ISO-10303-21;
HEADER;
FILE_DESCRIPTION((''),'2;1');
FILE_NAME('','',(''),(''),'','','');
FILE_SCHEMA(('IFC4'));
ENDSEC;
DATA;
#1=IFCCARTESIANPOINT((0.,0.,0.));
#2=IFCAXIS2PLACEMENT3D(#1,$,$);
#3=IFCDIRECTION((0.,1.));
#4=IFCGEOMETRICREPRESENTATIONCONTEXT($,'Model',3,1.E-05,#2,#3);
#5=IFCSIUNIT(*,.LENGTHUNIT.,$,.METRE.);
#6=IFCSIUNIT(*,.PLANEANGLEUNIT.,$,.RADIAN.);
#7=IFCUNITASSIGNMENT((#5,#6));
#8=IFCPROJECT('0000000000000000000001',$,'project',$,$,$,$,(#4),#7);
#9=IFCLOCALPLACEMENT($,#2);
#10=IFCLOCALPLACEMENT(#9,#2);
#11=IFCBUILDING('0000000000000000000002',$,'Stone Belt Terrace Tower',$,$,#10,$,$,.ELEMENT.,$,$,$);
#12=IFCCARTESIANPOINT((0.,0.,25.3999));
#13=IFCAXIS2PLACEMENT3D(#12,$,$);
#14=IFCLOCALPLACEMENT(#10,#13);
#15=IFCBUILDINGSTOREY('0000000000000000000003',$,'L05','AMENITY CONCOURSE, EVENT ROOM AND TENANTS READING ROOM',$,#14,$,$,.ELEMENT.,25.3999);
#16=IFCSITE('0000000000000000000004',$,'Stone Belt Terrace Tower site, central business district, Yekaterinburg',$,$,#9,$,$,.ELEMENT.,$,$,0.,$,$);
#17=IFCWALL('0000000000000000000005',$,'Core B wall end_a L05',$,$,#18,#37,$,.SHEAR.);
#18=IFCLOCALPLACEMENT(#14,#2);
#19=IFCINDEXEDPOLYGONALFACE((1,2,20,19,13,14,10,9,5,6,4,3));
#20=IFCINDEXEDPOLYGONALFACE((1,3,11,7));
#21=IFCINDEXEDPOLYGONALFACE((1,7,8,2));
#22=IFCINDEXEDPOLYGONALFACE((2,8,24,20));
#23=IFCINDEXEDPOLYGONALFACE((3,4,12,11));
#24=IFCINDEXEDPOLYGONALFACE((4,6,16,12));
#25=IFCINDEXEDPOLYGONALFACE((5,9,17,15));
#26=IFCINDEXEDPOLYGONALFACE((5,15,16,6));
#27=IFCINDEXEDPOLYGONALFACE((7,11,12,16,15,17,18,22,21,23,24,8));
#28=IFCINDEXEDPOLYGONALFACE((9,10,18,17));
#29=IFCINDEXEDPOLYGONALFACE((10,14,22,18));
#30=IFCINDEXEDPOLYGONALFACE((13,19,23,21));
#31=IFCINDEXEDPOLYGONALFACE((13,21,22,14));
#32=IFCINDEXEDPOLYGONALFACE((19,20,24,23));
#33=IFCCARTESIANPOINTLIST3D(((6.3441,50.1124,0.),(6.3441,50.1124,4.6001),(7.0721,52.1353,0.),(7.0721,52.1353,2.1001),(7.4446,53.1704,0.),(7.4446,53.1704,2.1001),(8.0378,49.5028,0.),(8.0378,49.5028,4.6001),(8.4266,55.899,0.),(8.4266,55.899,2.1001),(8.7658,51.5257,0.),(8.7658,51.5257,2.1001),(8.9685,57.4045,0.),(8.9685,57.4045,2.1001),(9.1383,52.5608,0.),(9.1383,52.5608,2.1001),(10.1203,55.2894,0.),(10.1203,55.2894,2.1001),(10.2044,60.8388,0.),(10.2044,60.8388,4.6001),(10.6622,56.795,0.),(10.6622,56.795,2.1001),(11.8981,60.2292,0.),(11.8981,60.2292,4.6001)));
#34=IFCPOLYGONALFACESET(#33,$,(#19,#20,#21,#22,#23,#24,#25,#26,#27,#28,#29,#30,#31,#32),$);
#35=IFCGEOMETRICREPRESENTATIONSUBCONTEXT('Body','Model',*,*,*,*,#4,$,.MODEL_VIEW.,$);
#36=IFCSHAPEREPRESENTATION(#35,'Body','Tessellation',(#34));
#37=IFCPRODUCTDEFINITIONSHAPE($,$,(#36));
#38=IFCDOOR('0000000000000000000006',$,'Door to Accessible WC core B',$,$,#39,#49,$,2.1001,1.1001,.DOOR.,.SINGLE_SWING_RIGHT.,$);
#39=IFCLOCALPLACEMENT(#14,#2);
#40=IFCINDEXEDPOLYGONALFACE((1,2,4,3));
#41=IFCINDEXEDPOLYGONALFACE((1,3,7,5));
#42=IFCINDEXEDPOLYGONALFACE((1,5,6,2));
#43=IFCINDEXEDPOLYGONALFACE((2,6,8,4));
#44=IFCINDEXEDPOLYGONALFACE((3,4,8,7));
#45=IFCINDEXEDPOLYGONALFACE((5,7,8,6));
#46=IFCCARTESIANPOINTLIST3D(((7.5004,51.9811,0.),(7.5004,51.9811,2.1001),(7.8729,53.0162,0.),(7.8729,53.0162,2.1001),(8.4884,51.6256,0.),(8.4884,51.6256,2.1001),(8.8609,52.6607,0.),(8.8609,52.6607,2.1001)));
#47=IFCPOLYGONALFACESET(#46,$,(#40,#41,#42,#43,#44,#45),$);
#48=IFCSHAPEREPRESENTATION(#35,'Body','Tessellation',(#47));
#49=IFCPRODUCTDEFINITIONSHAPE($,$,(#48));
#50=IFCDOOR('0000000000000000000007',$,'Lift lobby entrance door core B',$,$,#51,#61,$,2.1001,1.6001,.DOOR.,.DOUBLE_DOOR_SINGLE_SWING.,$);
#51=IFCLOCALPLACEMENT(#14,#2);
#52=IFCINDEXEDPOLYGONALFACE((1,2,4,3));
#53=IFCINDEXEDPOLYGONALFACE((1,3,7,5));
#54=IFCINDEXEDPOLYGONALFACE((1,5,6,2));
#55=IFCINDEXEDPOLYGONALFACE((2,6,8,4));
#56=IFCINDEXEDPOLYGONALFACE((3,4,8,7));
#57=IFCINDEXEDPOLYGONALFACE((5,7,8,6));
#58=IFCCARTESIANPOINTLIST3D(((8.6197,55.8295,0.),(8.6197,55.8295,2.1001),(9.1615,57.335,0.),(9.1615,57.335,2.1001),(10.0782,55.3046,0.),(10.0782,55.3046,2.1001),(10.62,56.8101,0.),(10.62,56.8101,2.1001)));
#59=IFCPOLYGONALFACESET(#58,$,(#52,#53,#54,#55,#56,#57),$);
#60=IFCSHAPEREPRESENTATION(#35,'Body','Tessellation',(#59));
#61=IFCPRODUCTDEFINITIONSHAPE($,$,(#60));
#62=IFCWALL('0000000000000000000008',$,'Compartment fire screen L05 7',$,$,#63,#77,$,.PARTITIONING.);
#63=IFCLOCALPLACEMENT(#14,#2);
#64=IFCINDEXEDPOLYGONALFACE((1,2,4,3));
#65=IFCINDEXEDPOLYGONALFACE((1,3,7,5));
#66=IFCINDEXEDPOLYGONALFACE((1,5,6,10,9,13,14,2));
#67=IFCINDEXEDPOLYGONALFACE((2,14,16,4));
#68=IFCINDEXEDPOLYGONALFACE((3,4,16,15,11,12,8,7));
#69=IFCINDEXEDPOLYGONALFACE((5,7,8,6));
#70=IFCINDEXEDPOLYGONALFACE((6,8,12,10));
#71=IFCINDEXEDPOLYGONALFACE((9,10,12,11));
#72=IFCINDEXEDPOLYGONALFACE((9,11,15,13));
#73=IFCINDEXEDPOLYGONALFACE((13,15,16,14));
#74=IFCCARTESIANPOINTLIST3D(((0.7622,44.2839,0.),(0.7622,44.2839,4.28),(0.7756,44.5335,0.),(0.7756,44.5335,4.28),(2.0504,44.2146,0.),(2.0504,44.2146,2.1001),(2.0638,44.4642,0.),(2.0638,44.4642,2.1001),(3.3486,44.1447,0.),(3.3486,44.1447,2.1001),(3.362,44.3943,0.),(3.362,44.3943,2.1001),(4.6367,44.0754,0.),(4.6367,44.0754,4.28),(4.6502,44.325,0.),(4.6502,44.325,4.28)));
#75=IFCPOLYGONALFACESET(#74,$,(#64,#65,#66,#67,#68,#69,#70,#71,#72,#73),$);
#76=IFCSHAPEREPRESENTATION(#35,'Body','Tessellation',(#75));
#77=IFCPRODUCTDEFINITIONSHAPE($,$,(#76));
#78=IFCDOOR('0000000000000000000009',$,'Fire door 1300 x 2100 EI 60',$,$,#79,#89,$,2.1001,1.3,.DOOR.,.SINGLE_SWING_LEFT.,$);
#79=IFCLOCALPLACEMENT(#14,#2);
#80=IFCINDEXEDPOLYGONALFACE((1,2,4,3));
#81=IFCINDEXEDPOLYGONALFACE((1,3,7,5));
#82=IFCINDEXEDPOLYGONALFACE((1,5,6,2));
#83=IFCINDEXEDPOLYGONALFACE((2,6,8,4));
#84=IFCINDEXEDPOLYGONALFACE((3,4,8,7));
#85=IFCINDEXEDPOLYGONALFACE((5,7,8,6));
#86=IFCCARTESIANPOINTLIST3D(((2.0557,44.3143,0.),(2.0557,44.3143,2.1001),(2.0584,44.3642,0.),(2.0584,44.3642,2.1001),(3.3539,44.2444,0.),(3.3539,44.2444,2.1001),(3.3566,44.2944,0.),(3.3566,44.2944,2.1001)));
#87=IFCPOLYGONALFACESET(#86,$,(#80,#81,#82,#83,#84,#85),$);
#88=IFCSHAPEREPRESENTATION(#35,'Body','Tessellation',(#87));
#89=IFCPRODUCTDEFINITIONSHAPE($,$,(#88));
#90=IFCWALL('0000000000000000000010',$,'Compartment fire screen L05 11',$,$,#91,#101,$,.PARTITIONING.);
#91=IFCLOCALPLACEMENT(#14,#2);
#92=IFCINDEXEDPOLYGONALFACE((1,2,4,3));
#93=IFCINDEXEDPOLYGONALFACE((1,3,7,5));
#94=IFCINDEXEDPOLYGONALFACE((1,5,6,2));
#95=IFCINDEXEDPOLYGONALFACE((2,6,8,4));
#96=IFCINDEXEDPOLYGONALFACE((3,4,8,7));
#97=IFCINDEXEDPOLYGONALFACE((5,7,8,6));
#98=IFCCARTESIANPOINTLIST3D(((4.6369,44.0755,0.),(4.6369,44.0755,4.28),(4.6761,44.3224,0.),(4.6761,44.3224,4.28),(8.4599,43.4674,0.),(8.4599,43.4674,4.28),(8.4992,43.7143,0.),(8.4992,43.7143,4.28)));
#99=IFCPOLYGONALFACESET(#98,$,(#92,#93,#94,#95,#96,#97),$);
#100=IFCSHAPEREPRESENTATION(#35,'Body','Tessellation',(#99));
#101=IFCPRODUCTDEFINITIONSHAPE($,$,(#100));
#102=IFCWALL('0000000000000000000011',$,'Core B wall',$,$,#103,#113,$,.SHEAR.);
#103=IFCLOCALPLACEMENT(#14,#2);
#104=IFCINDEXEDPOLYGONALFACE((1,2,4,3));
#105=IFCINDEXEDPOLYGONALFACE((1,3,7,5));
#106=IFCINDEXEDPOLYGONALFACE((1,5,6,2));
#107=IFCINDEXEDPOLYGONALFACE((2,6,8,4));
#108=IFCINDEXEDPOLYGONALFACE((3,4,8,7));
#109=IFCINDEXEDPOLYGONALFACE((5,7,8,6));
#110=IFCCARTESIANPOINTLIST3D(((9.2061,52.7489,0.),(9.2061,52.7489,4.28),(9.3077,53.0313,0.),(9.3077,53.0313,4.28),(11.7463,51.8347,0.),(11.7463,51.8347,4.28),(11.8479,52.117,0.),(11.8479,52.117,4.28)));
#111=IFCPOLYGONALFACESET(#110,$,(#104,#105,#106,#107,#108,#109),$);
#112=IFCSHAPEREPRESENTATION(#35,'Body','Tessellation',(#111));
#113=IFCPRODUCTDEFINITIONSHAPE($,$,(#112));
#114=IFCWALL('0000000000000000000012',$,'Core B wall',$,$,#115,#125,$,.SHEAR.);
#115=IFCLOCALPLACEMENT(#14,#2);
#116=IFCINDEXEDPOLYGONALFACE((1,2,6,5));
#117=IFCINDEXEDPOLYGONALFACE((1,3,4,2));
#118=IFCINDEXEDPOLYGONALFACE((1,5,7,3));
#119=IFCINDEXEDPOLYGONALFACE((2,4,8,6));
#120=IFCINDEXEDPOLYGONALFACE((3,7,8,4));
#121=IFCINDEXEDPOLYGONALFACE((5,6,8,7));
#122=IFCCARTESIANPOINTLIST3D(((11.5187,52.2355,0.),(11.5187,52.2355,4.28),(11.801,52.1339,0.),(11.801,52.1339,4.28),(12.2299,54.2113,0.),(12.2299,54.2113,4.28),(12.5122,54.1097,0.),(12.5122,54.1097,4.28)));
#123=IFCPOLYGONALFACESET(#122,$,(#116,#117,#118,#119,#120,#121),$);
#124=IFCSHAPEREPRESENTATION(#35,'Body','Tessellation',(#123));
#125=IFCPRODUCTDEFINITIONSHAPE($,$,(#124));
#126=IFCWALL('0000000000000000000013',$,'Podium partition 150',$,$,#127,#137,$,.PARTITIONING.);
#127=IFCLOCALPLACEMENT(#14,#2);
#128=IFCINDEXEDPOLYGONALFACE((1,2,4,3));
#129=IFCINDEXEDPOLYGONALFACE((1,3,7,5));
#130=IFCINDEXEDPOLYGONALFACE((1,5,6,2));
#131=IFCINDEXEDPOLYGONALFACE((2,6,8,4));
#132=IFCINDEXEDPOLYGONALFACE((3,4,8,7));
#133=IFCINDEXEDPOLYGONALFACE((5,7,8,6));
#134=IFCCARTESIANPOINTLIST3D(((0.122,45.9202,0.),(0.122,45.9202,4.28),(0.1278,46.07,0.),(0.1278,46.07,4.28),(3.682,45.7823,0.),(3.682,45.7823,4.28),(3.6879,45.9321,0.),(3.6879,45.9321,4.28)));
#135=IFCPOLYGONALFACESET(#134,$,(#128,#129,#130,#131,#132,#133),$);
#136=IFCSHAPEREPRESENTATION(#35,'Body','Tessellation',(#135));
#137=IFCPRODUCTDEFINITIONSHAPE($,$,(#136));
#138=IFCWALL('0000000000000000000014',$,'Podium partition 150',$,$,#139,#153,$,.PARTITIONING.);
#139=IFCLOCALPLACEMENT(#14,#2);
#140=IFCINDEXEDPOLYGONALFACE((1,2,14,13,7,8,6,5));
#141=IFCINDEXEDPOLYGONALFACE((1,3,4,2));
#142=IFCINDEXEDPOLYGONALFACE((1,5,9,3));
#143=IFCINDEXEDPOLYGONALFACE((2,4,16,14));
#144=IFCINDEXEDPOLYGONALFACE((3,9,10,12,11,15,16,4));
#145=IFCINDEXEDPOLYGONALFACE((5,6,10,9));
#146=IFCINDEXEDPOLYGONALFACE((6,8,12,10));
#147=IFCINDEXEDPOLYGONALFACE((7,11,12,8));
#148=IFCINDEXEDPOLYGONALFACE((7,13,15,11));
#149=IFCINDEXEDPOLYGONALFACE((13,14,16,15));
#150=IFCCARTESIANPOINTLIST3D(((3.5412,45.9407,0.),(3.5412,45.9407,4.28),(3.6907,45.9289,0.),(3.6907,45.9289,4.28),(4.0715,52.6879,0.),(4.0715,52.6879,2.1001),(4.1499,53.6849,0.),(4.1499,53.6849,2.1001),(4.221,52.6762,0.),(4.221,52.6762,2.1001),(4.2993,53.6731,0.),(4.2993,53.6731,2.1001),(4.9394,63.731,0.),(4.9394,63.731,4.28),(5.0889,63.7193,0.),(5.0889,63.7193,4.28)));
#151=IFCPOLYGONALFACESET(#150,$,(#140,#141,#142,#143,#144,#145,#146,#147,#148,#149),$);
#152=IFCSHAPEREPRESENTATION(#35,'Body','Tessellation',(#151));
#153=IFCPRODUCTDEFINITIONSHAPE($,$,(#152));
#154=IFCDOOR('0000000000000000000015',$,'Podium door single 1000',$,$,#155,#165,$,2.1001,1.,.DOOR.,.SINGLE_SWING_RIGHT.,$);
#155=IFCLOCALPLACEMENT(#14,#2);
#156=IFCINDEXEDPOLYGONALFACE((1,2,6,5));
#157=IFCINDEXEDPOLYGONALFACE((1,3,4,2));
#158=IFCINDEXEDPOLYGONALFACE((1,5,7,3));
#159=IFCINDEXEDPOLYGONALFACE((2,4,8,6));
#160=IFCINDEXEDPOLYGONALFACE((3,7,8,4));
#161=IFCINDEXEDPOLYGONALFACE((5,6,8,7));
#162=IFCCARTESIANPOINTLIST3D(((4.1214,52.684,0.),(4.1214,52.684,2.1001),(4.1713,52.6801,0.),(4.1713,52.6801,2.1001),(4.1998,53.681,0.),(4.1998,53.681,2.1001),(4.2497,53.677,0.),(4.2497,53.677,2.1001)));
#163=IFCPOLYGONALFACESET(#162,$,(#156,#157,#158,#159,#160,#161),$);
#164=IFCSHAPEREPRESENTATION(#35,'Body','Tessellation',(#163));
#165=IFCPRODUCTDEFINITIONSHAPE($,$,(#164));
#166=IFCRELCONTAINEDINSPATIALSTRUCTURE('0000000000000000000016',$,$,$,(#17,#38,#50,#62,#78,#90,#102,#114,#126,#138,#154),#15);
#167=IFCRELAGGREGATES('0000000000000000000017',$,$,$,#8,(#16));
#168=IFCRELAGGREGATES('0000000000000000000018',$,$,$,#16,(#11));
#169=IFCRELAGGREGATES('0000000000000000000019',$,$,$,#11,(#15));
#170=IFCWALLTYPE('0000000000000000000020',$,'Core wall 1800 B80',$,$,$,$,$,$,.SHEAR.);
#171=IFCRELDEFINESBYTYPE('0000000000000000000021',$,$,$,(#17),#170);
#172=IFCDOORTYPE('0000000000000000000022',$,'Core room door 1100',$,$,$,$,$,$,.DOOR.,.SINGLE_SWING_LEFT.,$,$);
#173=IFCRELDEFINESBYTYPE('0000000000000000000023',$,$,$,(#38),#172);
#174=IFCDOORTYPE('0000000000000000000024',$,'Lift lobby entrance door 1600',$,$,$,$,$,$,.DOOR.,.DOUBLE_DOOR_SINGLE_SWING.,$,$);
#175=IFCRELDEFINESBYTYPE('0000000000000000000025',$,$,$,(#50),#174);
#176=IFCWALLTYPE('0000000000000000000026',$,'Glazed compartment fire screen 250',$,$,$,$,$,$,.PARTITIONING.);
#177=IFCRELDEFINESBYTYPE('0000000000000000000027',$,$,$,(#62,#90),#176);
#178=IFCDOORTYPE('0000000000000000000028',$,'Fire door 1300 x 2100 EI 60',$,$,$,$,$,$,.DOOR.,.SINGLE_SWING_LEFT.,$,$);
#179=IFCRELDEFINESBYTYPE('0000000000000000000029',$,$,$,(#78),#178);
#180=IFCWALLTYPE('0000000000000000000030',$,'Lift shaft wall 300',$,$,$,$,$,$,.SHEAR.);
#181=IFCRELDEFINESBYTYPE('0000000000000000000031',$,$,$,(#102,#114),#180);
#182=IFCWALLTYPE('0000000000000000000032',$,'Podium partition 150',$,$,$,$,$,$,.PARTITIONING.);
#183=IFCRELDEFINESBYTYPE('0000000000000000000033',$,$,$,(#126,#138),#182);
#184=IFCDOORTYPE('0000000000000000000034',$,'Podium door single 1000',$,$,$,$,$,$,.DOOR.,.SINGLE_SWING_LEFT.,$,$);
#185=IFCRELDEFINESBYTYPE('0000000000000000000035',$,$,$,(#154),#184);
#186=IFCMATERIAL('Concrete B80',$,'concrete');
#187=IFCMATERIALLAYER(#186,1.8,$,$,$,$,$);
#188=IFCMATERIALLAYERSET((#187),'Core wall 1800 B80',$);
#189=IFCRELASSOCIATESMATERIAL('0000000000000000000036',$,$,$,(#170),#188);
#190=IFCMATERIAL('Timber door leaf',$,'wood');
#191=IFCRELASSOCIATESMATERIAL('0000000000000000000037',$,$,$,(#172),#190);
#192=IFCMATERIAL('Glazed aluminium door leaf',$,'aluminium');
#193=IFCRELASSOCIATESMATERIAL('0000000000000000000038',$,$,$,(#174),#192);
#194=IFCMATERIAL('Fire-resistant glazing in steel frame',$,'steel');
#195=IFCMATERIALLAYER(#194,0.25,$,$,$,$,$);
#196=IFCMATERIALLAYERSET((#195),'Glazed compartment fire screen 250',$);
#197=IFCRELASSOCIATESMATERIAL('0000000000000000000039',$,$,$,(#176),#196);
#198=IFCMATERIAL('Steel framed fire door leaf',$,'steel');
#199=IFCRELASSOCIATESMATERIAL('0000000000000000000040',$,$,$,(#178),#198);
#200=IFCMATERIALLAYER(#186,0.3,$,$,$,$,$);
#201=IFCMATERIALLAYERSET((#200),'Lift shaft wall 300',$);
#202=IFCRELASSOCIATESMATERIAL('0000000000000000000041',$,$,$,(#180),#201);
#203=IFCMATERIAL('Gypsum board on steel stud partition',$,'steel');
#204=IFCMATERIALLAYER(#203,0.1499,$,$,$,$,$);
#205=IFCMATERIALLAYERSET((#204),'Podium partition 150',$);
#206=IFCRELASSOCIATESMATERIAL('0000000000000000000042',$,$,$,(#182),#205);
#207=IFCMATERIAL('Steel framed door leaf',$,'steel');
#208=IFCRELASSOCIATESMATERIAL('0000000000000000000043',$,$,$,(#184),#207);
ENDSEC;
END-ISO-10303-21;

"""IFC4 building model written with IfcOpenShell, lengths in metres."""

from ifc_helpers import new_model, si_unit, direction, frame, frame_2d, origin, place, context, subcontext, project, spatial, rectangle, extrude, material, layer, layer_set, type_object, element, fill, save


model = new_model("IFC4")

# Units and contexts
model_context = context("Model", 3, precision=1e-05, world=origin(), true_north=direction((0.0, 1.0)))
body_context = subcontext(model_context, "Body", "Model", "MODEL_VIEW")
ifc_project = project(units=[si_unit("LENGTHUNIT", "METRE"), si_unit("PLANEANGLEUNIT", "RADIAN")], contexts=[model_context])

# Site, building, storey
site_placement = place(None, origin())
site = spatial("IfcSite", under=ifc_project, at=site_placement, Name="Stone Belt Terrace Tower site, central business district, Yekaterinburg", CompositionType="ELEMENT", RefElevation=0.0)
building_placement = place(site_placement, origin())
building = spatial("IfcBuilding", under=site, at=building_placement, Name="Stone Belt Terrace Tower", CompositionType="ELEMENT")
storey_placement = place(building_placement, frame((0.0, 0.0, 25.3999)))
storey = spatial("IfcBuildingStorey", under=building, at=storey_placement, Name="L05", Description="AMENITY CONCOURSE, EVENT ROOM AND TENANTS READING ROOM", CompositionType="ELEMENT", Elevation=25.3999)

# Shared definitions
ifc_material_1 = material(Name="Concrete B80", Category="concrete")

# Shared definitions
ifc_layer_1 = layer(ifc_material_1, 1.8)
ifc_layer_set_1 = layer_set([ifc_layer_1], Name="Core wall 1800 B80")
wall_type_1 = type_object("IfcWallType", Name="Core wall 1800 B80", PredefinedType="SHEAR", material=ifc_layer_set_1)
ifc_material_2 = material(Name="Timber door leaf", Category="wood")
door_type_1 = type_object("IfcDoorType", Name="Core room door 1100", OperationType="SINGLE_SWING_LEFT", PredefinedType="DOOR", material=ifc_material_2)

# Wall, openings, doors
wall_1_placement = place(storey_placement, frame((7.1909, 49.8076, 0.0), z_axis=(0.0, 0.0, 1.0), x_axis=(0.338632, 0.940919, 0.0)))
wall_1 = element("IfcWall", 1, at=wall_1_placement, inside=storey, type_object=wall_type_1, Name="Core B wall end_a L05", PredefinedType="SHEAR", context=body_context, shape_type="SweptSolid", body=[
    extrude(rectangle(XDim=11.3999, YDim=1.8, at=frame_2d((5.7, 0.0))), origin(), (0.0, 0.0, 1.0), 4.6001),
])
opening_1_placement = place(wall_1_placement, frame((6.1499, 0.0, 0.0)))
opening_1 = element("IfcOpeningElement", 2, at=opening_1_placement, cuts=wall_1, PredefinedType="OPENING", context=body_context, shape_type="SweptSolid", body=[
    extrude(rectangle(XDim=1.6001, YDim=2.1001, at=frame_2d((0.8, 1.05))), frame((0.0, 0.9099, 0.0), z_axis=(0.0, -1.0, 0.0), x_axis=(1.0, 0.0, 0.0)), (0.0, 0.0, 1.0), 1.8201),
])
opening_2_placement = place(wall_1_placement, frame((2.1499, 0.0, 0.0)))
opening_2 = element("IfcOpeningElement", 3, at=opening_2_placement, cuts=wall_1, PredefinedType="OPENING", context=body_context, shape_type="SweptSolid", body=[
    extrude(rectangle(XDim=1.1001, YDim=2.1001, at=frame_2d((0.55, 1.05))), frame((0.0, 0.9099, 0.0), z_axis=(0.0, -1.0, 0.0), x_axis=(1.0, 0.0, 0.0)), (0.0, 0.0, 1.0), 1.8201),
])
door_1_placement = place(opening_2_placement, origin())
door_1 = element("IfcDoor", 4, at=door_1_placement, inside=storey, type_object=door_type_1, Name="Door to Accessible WC core B", OperationType="SINGLE_SWING_RIGHT", OverallHeight=2.1001, OverallWidth=1.1001, PredefinedType="DOOR", context=body_context, shape_type="SweptSolid", body=[
    extrude(rectangle(XDim=1.1001, YDim=2.1001, at=frame_2d((0.55, 1.05))), frame((0.0, 0.4448, 0.0), z_axis=(0.0, -1.0, 0.0), x_axis=(1.0, 0.0, 0.0)), (0.0, 0.0, 1.0), 1.05),
])
fill(opening_2, door_1)
ifc_material_3 = material(Name="Glazed aluminium door leaf", Category="aluminium")
door_type_2 = type_object("IfcDoorType", Name="Lift lobby entrance door 1600", OperationType="DOUBLE_DOOR_SINGLE_SWING", PredefinedType="DOOR", material=ifc_material_3)
door_2_placement = place(opening_1_placement, origin())
door_2 = element("IfcDoor", 5, at=door_2_placement, inside=storey, type_object=door_type_2, Name="Lift lobby entrance door core B", OperationType="DOUBLE_DOOR_SINGLE_SWING", OverallHeight=2.1001, OverallWidth=1.6001, PredefinedType="DOOR", context=body_context, shape_type="SweptSolid", body=[
    extrude(rectangle(XDim=1.6001, YDim=2.1001, at=frame_2d((0.8, 1.05))), frame((0.0, 0.6948, 0.0), z_axis=(0.0, -1.0, 0.0), x_axis=(1.0, 0.0, 0.0)), (0.0, 0.0, 1.0), 1.55),
])
fill(opening_1, door_2)

# Wall, opening, door
ifc_material_4 = material(Name="Fire-resistant glazing in steel frame", Category="steel")
ifc_layer_2 = layer(ifc_material_4, 0.25)
ifc_layer_set_2 = layer_set([ifc_layer_2], Name="Glazed compartment fire screen 250")
wall_type_2 = type_object("IfcWallType", Name="Glazed compartment fire screen 250", PredefinedType="PARTITIONING", material=ifc_layer_set_2)
wall_2_placement = place(storey_placement, frame((0.769, 44.4087, 0.0), z_axis=(0.0, 0.0, 1.0), x_axis=(0.998555, -0.053734, 0.0)))
wall_2 = element("IfcWall", 6, at=wall_2_placement, inside=storey, type_object=wall_type_2, Name="Compartment fire screen L05 7", PredefinedType="PARTITIONING", context=body_context, shape_type="SweptSolid", body=[
    extrude(rectangle(XDim=3.8801, YDim=0.25, at=frame_2d((1.9399, 0.0))), origin(), (0.0, 0.0, 1.0), 4.28),
])
opening_3_placement = place(wall_2_placement, frame((1.29, 0.0, 0.0)))
opening_3 = element("IfcOpeningElement", 7, at=opening_3_placement, cuts=wall_2, PredefinedType="OPENING", context=body_context, shape_type="SweptSolid", body=[
    extrude(rectangle(XDim=1.3, YDim=2.1001, at=frame_2d((0.6499, 1.05))), frame((0.0, 0.135, 0.0), z_axis=(0.0, -1.0, 0.0), x_axis=(1.0, 0.0, 0.0)), (0.0, 0.0, 1.0), 0.27),
])
ifc_material_5 = material(Name="Steel framed fire door leaf", Category="steel")
door_type_3 = type_object("IfcDoorType", Name="Fire door 1300 x 2100 EI 60", OperationType="SINGLE_SWING_LEFT", PredefinedType="DOOR", material=ifc_material_5)
door_3_placement = place(opening_3_placement, origin())
door_3 = element("IfcDoor", 8, at=door_3_placement, inside=storey, type_object=door_type_3, Name="Fire door 1300 x 2100 EI 60", OperationType="SINGLE_SWING_LEFT", OverallHeight=2.1001, OverallWidth=1.3, PredefinedType="DOOR", context=body_context, shape_type="SweptSolid", body=[
    extrude(rectangle(XDim=1.3, YDim=2.1001, at=frame_2d((0.6499, 1.05))), frame((0.0, 0.0249, 0.0), z_axis=(0.0, -1.0, 0.0), x_axis=(1.0, 0.0, 0.0)), (0.0, 0.0, 1.0), 0.05),
])
fill(opening_3, door_3)

# Walls
wall_3_placement = place(storey_placement, frame((4.6565, 44.199, 0.0), z_axis=(0.0, 0.0, 1.0), x_axis=(0.987582, -0.157102, 0.0)))
element("IfcWall", 9, at=wall_3_placement, inside=storey, type_object=wall_type_2, Name="Compartment fire screen L05 11", PredefinedType="PARTITIONING", context=body_context, shape_type="SweptSolid", body=[
    extrude(rectangle(XDim=3.8711, YDim=0.25, at=frame_2d((1.9355, 0.0))), origin(), (0.0, 0.0, 1.0), 4.28),
])
ifc_layer_3 = layer(ifc_material_1, 0.3)
ifc_layer_set_3 = layer_set([ifc_layer_3], Name="Lift shaft wall 300")
wall_type_3 = type_object("IfcWallType", Name="Lift shaft wall 300", PredefinedType="SHEAR", material=ifc_layer_set_3)
wall_4_placement = place(storey_placement, frame((11.7971, 51.9758, 0.0), z_axis=(0.0, 0.0, 1.0), x_axis=(-0.94091, 0.338655, 0.0)))
element("IfcWall", 10, at=wall_4_placement, inside=storey, type_object=wall_type_3, Name="Core B wall", PredefinedType="SHEAR", context=body_context, shape_type="SweptSolid", body=[
    extrude(rectangle(XDim=2.6997, YDim=0.3, at=frame_2d((1.3499, 0.0))), origin(), (0.0, 0.0, 1.0), 4.28),
])
wall_5_placement = place(storey_placement, frame((11.6599, 52.1848, 0.0), z_axis=(0.0, 0.0, 1.0), x_axis=(0.33867, 0.940905, 0.0)))
element("IfcWall", 11, at=wall_5_placement, inside=storey, type_object=wall_type_3, Name="Core B wall", PredefinedType="SHEAR", context=body_context, shape_type="SweptSolid", body=[
    extrude(rectangle(XDim=2.0999, YDim=0.3, at=frame_2d((1.0498, 0.0))), origin(), (0.0, 0.0, 1.0), 4.28),
])
ifc_material_6 = material(Name="Gypsum board on steel stud partition", Category="steel")
ifc_layer_4 = layer(ifc_material_6, 0.1499)
ifc_layer_set_4 = layer_set([ifc_layer_4], Name="Podium partition 150")
wall_type_4 = type_object("IfcWallType", Name="Podium partition 150", PredefinedType="PARTITIONING", material=ifc_layer_set_4)
wall_6_placement = place(storey_placement, frame((0.125, 45.9951, 0.0), z_axis=(0.0, 0.0, 1.0), x_axis=(0.99925, -0.038717, 0.0)))
element("IfcWall", 12, at=wall_6_placement, inside=storey, type_object=wall_type_4, Name="Podium partition 150", PredefinedType="PARTITIONING", context=body_context, shape_type="SweptSolid", body=[
    extrude(rectangle(XDim=3.5627, YDim=0.1499, at=frame_2d((1.7812, 0.0))), origin(), (0.0, 0.0, 1.0), 4.28),
])

# Wall, opening, door
wall_7_placement = place(storey_placement, frame((3.616, 45.9348, 0.0), z_axis=(0.0, 0.0, 1.0), x_axis=(0.078351, 0.996926, 0.0)))
wall_7 = element("IfcWall", 13, at=wall_7_placement, inside=storey, type_object=wall_type_4, Name="Podium partition 150", PredefinedType="PARTITIONING", context=body_context, shape_type="SweptSolid", body=[
    extrude(rectangle(XDim=17.8452, YDim=0.1499, at=frame_2d((8.9226, 0.0))), origin(), (0.0, 0.0, 1.0), 4.28),
])
opening_4_placement = place(wall_7_placement, frame((6.7681, 0.0, 0.0)))
opening_4 = element("IfcOpeningElement", 14, at=opening_4_placement, cuts=wall_7, PredefinedType="OPENING", context=body_context, shape_type="SweptSolid", body=[
    extrude(rectangle(XDim=1.0, YDim=2.1001, at=frame_2d((0.5, 1.05))), frame((0.0, 0.085, 0.0), z_axis=(0.0, -1.0, 0.0), x_axis=(1.0, 0.0, 0.0)), (0.0, 0.0, 1.0), 0.1699),
])
ifc_material_7 = material(Name="Steel framed door leaf", Category="steel")
door_type_4 = type_object("IfcDoorType", Name="Podium door single 1000", OperationType="SINGLE_SWING_LEFT", PredefinedType="DOOR", material=ifc_material_7)
door_4_placement = place(opening_4_placement, origin())
door_4 = element("IfcDoor", 15, at=door_4_placement, inside=storey, type_object=door_type_4, Name="Podium door single 1000", OperationType="SINGLE_SWING_RIGHT", OverallHeight=2.1001, OverallWidth=1.0, PredefinedType="DOOR", context=body_context, shape_type="SweptSolid", body=[
    extrude(rectangle(XDim=1.0, YDim=2.1001, at=frame_2d((0.5, 1.05))), frame((0.0, 0.0249, 0.0), z_axis=(0.0, -1.0, 0.0), x_axis=(1.0, 0.0, 0.0)), (0.0, 0.0, 1.0), 0.05),
])
fill(opening_4, door_4)

save(model, "model.ifc")
